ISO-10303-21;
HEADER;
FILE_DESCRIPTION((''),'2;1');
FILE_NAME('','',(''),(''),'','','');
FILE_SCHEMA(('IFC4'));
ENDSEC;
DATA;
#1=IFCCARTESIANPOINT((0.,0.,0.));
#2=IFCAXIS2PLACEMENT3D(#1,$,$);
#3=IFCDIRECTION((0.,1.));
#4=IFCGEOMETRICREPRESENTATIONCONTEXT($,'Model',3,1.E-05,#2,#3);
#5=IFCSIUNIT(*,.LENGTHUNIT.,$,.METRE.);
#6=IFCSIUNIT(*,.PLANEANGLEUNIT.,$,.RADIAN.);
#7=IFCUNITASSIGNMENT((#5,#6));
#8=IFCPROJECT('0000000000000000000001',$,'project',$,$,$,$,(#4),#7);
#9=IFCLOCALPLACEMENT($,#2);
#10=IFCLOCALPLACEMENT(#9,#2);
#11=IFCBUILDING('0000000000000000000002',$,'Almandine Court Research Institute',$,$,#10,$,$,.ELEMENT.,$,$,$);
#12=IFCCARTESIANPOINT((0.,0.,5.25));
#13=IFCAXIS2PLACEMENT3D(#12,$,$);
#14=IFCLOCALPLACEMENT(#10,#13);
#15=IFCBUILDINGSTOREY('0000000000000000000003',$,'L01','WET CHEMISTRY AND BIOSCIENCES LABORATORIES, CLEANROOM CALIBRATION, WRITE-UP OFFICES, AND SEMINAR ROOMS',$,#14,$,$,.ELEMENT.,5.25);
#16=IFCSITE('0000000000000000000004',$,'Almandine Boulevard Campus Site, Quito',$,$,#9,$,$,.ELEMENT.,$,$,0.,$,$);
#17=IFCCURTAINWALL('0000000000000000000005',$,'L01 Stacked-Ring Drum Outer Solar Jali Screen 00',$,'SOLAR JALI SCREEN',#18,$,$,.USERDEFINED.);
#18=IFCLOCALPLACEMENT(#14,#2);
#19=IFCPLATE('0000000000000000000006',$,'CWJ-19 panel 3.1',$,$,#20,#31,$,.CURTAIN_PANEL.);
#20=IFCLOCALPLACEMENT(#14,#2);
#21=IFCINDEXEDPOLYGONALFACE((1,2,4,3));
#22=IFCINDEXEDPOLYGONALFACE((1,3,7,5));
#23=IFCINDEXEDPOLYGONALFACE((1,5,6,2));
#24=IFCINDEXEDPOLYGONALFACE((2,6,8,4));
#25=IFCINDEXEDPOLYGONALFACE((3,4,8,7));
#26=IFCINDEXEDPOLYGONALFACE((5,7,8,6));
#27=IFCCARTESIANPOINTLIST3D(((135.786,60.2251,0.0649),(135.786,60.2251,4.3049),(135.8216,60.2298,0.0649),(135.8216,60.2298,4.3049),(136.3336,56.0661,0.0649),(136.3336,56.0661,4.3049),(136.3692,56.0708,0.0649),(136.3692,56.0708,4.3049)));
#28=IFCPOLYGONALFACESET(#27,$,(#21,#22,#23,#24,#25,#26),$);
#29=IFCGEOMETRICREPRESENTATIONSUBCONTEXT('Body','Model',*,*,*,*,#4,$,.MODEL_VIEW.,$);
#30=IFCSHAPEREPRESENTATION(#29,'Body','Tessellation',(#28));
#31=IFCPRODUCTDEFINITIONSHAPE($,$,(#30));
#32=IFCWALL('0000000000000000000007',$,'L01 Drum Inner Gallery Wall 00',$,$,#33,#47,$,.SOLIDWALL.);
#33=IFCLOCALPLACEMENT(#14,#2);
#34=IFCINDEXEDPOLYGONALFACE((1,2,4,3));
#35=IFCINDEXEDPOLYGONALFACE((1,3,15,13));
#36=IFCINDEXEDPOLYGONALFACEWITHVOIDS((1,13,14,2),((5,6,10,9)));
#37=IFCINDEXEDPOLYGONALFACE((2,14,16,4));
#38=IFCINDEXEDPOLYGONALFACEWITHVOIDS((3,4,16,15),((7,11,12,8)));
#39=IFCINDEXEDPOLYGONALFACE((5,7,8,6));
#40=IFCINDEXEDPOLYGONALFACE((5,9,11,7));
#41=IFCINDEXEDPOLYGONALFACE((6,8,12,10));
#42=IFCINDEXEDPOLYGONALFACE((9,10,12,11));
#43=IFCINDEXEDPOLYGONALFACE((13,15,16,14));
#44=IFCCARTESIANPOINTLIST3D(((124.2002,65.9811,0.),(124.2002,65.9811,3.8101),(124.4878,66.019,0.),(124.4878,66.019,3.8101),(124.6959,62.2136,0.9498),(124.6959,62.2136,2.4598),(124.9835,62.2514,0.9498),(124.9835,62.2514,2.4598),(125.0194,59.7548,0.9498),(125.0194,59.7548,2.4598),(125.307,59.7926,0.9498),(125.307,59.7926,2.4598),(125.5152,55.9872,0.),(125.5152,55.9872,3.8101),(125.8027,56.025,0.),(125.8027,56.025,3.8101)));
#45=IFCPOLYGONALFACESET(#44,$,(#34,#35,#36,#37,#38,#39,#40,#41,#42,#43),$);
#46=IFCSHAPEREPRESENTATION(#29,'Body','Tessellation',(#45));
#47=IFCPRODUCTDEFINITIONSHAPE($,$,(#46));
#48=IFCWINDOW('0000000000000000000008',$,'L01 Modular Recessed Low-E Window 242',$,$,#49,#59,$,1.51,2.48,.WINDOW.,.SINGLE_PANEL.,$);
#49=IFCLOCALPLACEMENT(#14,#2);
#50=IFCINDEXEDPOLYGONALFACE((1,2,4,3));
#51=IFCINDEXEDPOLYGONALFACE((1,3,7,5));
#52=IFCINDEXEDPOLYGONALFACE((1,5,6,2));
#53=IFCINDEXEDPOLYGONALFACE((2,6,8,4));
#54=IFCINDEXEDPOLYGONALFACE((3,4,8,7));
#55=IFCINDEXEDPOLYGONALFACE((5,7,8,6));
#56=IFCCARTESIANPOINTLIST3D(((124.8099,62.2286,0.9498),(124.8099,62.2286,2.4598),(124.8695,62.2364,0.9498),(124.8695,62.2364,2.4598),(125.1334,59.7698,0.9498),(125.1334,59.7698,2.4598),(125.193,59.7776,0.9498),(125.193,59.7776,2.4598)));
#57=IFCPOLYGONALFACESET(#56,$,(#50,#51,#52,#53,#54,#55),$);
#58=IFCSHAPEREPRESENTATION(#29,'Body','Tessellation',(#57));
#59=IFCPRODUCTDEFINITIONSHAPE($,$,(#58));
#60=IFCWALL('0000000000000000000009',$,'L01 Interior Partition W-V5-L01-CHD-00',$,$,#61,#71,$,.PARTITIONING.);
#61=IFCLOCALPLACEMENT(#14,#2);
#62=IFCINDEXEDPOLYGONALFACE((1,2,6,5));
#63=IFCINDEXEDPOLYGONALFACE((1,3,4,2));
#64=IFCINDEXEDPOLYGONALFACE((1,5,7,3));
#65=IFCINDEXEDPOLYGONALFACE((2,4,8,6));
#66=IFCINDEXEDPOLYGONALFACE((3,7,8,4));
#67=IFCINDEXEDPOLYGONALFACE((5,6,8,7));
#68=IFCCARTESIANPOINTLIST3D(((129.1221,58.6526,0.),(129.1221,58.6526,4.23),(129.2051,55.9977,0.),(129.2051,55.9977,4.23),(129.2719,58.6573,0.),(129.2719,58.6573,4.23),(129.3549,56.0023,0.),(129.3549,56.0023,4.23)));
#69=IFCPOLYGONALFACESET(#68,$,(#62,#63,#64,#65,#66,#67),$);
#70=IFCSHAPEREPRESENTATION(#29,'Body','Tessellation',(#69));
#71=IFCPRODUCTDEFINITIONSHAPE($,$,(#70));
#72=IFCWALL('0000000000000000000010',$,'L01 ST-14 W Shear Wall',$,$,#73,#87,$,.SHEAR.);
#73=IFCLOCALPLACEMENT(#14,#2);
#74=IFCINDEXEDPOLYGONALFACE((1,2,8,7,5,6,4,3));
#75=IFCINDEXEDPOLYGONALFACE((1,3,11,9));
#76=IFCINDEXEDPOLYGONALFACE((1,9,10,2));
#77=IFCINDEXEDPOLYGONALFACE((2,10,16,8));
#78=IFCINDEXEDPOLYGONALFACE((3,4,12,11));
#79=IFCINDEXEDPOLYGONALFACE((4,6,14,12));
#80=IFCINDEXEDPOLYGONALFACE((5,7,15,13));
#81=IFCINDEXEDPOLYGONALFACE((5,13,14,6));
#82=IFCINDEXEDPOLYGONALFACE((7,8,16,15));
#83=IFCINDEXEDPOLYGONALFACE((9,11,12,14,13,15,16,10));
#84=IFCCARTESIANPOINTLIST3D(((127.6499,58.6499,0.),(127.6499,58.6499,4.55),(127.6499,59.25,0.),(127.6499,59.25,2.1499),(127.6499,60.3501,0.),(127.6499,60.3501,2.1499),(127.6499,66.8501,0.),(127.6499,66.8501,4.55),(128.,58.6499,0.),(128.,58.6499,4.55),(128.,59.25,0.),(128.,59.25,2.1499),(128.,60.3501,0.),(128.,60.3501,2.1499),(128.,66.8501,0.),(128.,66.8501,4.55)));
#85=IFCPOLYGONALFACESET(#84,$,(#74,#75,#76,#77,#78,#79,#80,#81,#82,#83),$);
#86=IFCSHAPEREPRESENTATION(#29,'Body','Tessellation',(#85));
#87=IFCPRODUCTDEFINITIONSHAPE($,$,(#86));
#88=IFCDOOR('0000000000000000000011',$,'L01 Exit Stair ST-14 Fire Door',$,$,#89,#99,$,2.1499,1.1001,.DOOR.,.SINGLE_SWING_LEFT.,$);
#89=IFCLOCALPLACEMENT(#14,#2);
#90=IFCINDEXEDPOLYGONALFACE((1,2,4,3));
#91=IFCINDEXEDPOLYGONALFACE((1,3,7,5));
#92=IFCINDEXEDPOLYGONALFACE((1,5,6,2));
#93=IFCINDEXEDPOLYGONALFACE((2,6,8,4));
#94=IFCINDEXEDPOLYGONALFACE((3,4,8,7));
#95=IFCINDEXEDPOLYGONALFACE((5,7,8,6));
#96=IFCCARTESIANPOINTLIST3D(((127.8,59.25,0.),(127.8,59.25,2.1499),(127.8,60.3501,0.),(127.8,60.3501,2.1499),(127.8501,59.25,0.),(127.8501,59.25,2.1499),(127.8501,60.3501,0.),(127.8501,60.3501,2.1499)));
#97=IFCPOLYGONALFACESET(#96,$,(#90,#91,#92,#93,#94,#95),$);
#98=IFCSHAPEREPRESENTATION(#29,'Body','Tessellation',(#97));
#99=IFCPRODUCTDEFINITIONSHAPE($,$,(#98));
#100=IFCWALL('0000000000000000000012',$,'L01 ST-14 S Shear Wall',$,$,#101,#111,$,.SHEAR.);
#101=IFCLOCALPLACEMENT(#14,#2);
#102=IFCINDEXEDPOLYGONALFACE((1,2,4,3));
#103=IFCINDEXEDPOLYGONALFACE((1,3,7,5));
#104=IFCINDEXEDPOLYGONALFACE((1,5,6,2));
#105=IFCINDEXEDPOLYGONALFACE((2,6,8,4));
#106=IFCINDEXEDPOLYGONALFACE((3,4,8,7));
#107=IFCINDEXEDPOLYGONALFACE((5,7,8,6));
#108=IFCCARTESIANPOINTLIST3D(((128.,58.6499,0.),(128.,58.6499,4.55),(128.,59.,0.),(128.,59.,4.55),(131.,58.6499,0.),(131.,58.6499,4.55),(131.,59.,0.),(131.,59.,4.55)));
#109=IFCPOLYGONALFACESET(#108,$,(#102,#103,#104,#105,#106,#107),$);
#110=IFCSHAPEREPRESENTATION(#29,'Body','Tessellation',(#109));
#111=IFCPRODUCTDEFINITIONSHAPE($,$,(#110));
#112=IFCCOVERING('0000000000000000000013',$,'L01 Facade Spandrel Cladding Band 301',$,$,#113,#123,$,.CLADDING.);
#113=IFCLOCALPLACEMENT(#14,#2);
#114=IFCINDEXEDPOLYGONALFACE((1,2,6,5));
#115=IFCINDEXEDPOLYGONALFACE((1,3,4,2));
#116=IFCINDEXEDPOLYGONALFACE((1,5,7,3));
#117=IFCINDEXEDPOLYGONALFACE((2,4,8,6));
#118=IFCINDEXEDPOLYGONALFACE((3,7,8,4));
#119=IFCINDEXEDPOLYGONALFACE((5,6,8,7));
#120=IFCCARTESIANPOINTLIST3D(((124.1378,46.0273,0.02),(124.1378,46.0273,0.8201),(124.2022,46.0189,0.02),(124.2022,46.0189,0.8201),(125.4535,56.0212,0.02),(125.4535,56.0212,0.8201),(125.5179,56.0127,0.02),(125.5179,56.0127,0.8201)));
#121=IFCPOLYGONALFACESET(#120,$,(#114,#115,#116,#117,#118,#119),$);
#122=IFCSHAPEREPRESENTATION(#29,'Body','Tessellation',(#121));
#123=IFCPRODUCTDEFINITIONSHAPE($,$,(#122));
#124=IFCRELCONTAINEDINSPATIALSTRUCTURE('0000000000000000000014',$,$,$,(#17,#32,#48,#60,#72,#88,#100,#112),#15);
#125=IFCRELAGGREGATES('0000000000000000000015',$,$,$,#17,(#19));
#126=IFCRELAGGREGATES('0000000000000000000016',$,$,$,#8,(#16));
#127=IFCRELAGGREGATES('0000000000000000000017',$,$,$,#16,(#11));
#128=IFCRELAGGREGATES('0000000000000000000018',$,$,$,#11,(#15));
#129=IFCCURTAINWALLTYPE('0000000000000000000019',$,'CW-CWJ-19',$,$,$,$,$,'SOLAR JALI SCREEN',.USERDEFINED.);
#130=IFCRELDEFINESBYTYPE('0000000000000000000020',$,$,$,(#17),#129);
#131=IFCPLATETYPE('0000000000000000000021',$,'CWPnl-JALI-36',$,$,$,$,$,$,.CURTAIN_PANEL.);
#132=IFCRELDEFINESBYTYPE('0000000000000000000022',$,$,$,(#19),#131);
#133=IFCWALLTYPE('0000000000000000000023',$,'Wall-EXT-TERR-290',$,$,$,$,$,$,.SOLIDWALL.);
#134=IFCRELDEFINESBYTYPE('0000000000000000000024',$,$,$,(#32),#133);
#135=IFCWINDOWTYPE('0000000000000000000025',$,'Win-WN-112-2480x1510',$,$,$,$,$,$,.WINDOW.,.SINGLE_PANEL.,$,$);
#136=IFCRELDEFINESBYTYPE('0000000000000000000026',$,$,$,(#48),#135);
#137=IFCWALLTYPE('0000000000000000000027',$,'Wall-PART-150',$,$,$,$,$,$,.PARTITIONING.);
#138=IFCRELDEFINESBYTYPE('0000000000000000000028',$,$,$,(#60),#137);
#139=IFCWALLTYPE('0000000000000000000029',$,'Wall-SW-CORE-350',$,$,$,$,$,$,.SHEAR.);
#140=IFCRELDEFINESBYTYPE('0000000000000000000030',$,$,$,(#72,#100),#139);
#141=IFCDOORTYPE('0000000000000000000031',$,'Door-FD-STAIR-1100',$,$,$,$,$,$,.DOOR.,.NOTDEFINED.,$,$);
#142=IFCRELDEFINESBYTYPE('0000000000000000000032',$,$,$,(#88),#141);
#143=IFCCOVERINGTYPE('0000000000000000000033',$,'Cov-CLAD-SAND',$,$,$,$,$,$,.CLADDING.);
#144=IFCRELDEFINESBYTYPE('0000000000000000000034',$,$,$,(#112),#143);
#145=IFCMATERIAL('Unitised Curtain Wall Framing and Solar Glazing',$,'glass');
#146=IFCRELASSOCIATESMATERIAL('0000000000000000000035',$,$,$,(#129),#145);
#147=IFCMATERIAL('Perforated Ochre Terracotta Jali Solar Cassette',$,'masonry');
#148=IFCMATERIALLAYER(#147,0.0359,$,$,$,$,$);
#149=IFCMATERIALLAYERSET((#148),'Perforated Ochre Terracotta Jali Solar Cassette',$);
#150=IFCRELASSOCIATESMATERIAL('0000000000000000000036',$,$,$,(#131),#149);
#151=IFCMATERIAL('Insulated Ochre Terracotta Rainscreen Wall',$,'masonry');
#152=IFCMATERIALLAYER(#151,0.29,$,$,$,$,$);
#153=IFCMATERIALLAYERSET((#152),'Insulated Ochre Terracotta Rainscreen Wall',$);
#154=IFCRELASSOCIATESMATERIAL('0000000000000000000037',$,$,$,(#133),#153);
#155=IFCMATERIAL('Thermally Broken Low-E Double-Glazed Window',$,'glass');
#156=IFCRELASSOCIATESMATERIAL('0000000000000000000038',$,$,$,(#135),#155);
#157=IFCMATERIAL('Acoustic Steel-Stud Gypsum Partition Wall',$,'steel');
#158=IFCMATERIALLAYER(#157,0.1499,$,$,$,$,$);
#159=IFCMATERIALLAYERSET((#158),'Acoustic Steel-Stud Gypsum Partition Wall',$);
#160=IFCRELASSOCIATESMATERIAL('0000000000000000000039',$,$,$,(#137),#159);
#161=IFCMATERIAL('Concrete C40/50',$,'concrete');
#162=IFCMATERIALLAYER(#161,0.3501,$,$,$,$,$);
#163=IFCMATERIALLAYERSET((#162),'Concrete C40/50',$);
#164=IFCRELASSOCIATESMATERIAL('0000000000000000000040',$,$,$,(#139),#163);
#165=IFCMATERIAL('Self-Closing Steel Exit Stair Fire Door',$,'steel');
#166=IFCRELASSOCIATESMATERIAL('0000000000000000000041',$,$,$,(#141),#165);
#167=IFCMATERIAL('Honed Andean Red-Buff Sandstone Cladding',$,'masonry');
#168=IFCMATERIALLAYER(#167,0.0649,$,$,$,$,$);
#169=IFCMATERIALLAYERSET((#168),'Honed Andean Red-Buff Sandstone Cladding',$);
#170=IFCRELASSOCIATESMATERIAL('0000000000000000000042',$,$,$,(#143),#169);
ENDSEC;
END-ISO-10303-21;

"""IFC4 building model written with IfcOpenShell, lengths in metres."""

from ifc_helpers import new_model, si_unit, direction, frame, frame_2d, origin, origin_2d, place, context, subcontext, project, spatial, rectangle, extrude, material, layer, layer_set, type_object, element, fill, aggregate, save


model = new_model("IFC4")

# Units and contexts
model_context = context("Model", 3, precision=1e-05, world=origin(), true_north=direction((0.0, 1.0)))
body_context = subcontext(model_context, "Body", "Model", "MODEL_VIEW")
ifc_project = project(units=[si_unit("LENGTHUNIT", "METRE"), si_unit("PLANEANGLEUNIT", "RADIAN")], contexts=[model_context])

# Site, building, storey
site_placement = place(None, origin())
site = spatial("IfcSite", under=ifc_project, at=site_placement, Name="Almandine Boulevard Campus Site, Quito", CompositionType="ELEMENT", RefElevation=0.0)
building_placement = place(site_placement, origin())
building = spatial("IfcBuilding", under=site, at=building_placement, Name="Almandine Court Research Institute", CompositionType="ELEMENT")
storey_placement = place(building_placement, frame((0.0, 0.0, 5.25)))
storey = spatial("IfcBuildingStorey", under=building, at=storey_placement, Name="L01", Description="WET CHEMISTRY AND BIOSCIENCES LABORATORIES, CLEANROOM CALIBRATION, WRITE-UP OFFICES, AND SEMINAR ROOMS", CompositionType="ELEMENT", Elevation=5.25)

# Curtain wall
ifc_material_1 = material(Name="Unitised Curtain Wall Framing and Solar Glazing", Category="glass")
curtain_wall_type = type_object("IfcCurtainWallType", Name="CW-CWJ-19", ElementType="SOLAR JALI SCREEN", PredefinedType="USERDEFINED", material=ifc_material_1)
curtain_wall_1_placement = place(storey_placement, origin())
curtain_wall_1 = element("IfcCurtainWall", 1, at=curtain_wall_1_placement, inside=storey, type_object=curtain_wall_type, Name="L01 Stacked-Ring Drum Outer Solar Jali Screen 00", ObjectType="SOLAR JALI SCREEN", PredefinedType="USERDEFINED")

# Plate
ifc_material_2 = material(Name="Perforated Ochre Terracotta Jali Solar Cassette", Category="masonry")
ifc_layer_1 = layer(ifc_material_2, 0.0359)
ifc_layer_set_1 = layer_set([ifc_layer_1], Name="Perforated Ochre Terracotta Jali Solar Cassette")
plate_type = type_object("IfcPlateType", Name="CWPnl-JALI-36", PredefinedType="CURTAIN_PANEL", material=ifc_layer_set_1)
plate_1_placement = place(storey_placement, frame((136.0776, 58.1479, 0.0649), z_axis=(0.0, 0.0, 1.0), x_axis=(0.130541, -0.991443, 0.0)))
plate_1 = element("IfcPlate", 2, at=plate_1_placement, type_object=plate_type, Name="CWJ-19 panel 3.1", PredefinedType="CURTAIN_PANEL", context=body_context, shape_type="SweptSolid", body=[
    extrude(rectangle(XDim=4.1948, YDim=0.0359, at=origin_2d()), origin(), (0.0, 0.0, 1.0), 4.24),
])
aggregate(curtain_wall_1, [plate_1])

# Wall, opening, window
ifc_material_3 = material(Name="Insulated Ochre Terracotta Rainscreen Wall", Category="masonry")
ifc_layer_2 = layer(ifc_material_3, 0.29)
ifc_layer_set_2 = layer_set([ifc_layer_2], Name="Insulated Ochre Terracotta Rainscreen Wall")
wall_type_1 = type_object("IfcWallType", Name="Wall-EXT-TERR-290", PredefinedType="SOLIDWALL", material=ifc_layer_set_2)
wall_1_placement = place(storey_placement, frame((125.6589, 56.0061, 0.0), z_axis=(0.0, 0.0, 1.0), x_axis=(-0.13045, 0.991455, 0.0)))
wall_1 = element("IfcWall", 3, at=wall_1_placement, inside=storey, type_object=wall_type_1, Name="L01 Drum Inner Gallery Wall 00", PredefinedType="SOLIDWALL", context=body_context, shape_type="SweptSolid", body=[
    extrude(rectangle(XDim=10.0801, YDim=0.29, at=frame_2d((5.04, 0.0))), origin(), (0.0, 0.0, 1.0), 3.8101),
])
opening_1_placement = place(wall_1_placement, frame((3.8, 0.0, 0.95)))
opening_1 = element("IfcOpeningElement", 4, at=opening_1_placement, cuts=wall_1, PredefinedType="OPENING", context=body_context, shape_type="SweptSolid", body=[
    extrude(rectangle(XDim=2.48, YDim=1.51, at=frame_2d((1.24, 0.7549))), frame((0.0, 0.155, 0.0), z_axis=(0.0, -1.0, 0.0), x_axis=(1.0, 0.0, 0.0)), (0.0, 0.0, 1.0), 0.3101),
])
ifc_material_4 = material(Name="Thermally Broken Low-E Double-Glazed Window", Category="glass")
window_type = type_object("IfcWindowType", Name="Win-WN-112-2480x1510", PartitioningType="SINGLE_PANEL", PredefinedType="WINDOW", material=ifc_material_4)
window_placement = place(opening_1_placement, origin())
window = element("IfcWindow", 5, at=window_placement, inside=storey, type_object=window_type, Name="L01 Modular Recessed Low-E Window 242", OverallHeight=1.51, OverallWidth=2.48, PartitioningType="SINGLE_PANEL", PredefinedType="WINDOW", context=body_context, shape_type="SweptSolid", body=[
    extrude(rectangle(XDim=2.48, YDim=1.51, at=frame_2d((1.24, 0.7549))), frame((0.0, 0.03, 0.0), z_axis=(0.0, -1.0, 0.0), x_axis=(1.0, 0.0, 0.0)), (0.0, 0.0, 1.0), 0.0601),
])
fill(opening_1, window)

# Wall
ifc_material_5 = material(Name="Acoustic Steel-Stud Gypsum Partition Wall", Category="steel")
ifc_layer_3 = layer(ifc_material_5, 0.1499)
ifc_layer_set_3 = layer_set([ifc_layer_3], Name="Acoustic Steel-Stud Gypsum Partition Wall")
wall_type_2 = type_object("IfcWallType", Name="Wall-PART-150", PredefinedType="PARTITIONING", material=ifc_layer_set_3)
wall_2_placement = place(storey_placement, frame((129.28, 56.0, 0.0), z_axis=(0.0, 0.0, 1.0), x_axis=(-0.031249, 0.999512, 0.0)))
element("IfcWall", 6, at=wall_2_placement, inside=storey, type_object=wall_type_2, Name="L01 Interior Partition W-V5-L01-CHD-00", PredefinedType="PARTITIONING", context=body_context, shape_type="SweptSolid", body=[
    extrude(rectangle(XDim=2.6562, YDim=0.1499, at=frame_2d((1.3281, 0.0))), origin(), (0.0, 0.0, 1.0), 4.23),
])

# Wall, opening, door
ifc_material_6 = material(Name="Concrete C40/50", Category="concrete")
ifc_layer_4 = layer(ifc_material_6, 0.3501)
ifc_layer_set_4 = layer_set([ifc_layer_4], Name="Concrete C40/50")
wall_type_3 = type_object("IfcWallType", Name="Wall-SW-CORE-350", PredefinedType="SHEAR", material=ifc_layer_set_4)
wall_3_placement = place(storey_placement, frame((127.825, 58.6499, 0.0), z_axis=(0.0, 0.0, 1.0), x_axis=(0.0, 1.0, 0.0)))
wall_3 = element("IfcWall", 7, at=wall_3_placement, inside=storey, type_object=wall_type_3, Name="L01 ST-14 W Shear Wall", PredefinedType="SHEAR", context=body_context, shape_type="SweptSolid", body=[
    extrude(rectangle(XDim=8.2002, YDim=0.3501, at=frame_2d((4.1001, 0.0))), origin(), (0.0, 0.0, 1.0), 4.55),
])
opening_2_placement = place(wall_3_placement, frame((0.6001, 0.0, 0.0)))
opening_2 = element("IfcOpeningElement", 8, at=opening_2_placement, cuts=wall_3, PredefinedType="OPENING", context=body_context, shape_type="SweptSolid", body=[
    extrude(rectangle(XDim=1.1001, YDim=2.1499, at=frame_2d((0.55, 1.075))), frame((0.0, 0.1851, 0.0), z_axis=(0.0, -1.0, 0.0), x_axis=(1.0, 0.0, 0.0)), (0.0, 0.0, 1.0), 0.3701),
])
ifc_material_7 = material(Name="Self-Closing Steel Exit Stair Fire Door", Category="steel")
door_type = type_object("IfcDoorType", Name="Door-FD-STAIR-1100", OperationType="NOTDEFINED", PredefinedType="DOOR", material=ifc_material_7)
door_placement = place(opening_2_placement, origin())
door = element("IfcDoor", 9, at=door_placement, inside=storey, type_object=door_type, Name="L01 Exit Stair ST-14 Fire Door", OperationType="SINGLE_SWING_LEFT", OverallHeight=2.1499, OverallWidth=1.1001, PredefinedType="DOOR", context=body_context, shape_type="SweptSolid", body=[
    extrude(rectangle(XDim=1.1001, YDim=2.1499, at=frame_2d((0.55, 1.075))), frame((0.0, 0.0249, 0.0), z_axis=(0.0, -1.0, 0.0), x_axis=(1.0, 0.0, 0.0)), (0.0, 0.0, 1.0), 0.05),
])
fill(opening_2, door)

# Wall
wall_4_placement = place(storey_placement, frame((131.0, 58.825, 0.0), z_axis=(0.0, 0.0, 1.0), x_axis=(-1.0, 0.0, 0.0)))
element("IfcWall", 10, at=wall_4_placement, inside=storey, type_object=wall_type_3, Name="L01 ST-14 S Shear Wall", PredefinedType="SHEAR", context=body_context, shape_type="SweptSolid", body=[
    extrude(rectangle(XDim=3.0, YDim=0.3501, at=frame_2d((1.5, 0.0))), origin(), (0.0, 0.0, 1.0), 4.55),
])

# Covering
ifc_material_8 = material(Name="Honed Andean Red-Buff Sandstone Cladding", Category="masonry")
ifc_layer_5 = layer(ifc_material_8, 0.0649)
ifc_layer_set_5 = layer_set([ifc_layer_5], Name="Honed Andean Red-Buff Sandstone Cladding")
covering_type = type_object("IfcCoveringType", Name="Cov-CLAD-SAND", PredefinedType="CLADDING", material=ifc_layer_set_5)
covering_placement = place(storey_placement, frame((124.8279, 51.02, 0.02), z_axis=(0.0, 0.0, 1.0), x_axis=(0.130526, 0.991445, 0.0)))
element("IfcCovering", 11, at=covering_placement, inside=storey, type_object=covering_type, Name="L01 Facade Spandrel Cladding Band 301", PredefinedType="CLADDING", context=body_context, shape_type="SweptSolid", body=[
    extrude(rectangle(XDim=10.0801, YDim=0.0649, at=origin_2d()), origin(), (0.0, 0.0, 1.0), 0.8),
])

save(model, "model.ifc")
